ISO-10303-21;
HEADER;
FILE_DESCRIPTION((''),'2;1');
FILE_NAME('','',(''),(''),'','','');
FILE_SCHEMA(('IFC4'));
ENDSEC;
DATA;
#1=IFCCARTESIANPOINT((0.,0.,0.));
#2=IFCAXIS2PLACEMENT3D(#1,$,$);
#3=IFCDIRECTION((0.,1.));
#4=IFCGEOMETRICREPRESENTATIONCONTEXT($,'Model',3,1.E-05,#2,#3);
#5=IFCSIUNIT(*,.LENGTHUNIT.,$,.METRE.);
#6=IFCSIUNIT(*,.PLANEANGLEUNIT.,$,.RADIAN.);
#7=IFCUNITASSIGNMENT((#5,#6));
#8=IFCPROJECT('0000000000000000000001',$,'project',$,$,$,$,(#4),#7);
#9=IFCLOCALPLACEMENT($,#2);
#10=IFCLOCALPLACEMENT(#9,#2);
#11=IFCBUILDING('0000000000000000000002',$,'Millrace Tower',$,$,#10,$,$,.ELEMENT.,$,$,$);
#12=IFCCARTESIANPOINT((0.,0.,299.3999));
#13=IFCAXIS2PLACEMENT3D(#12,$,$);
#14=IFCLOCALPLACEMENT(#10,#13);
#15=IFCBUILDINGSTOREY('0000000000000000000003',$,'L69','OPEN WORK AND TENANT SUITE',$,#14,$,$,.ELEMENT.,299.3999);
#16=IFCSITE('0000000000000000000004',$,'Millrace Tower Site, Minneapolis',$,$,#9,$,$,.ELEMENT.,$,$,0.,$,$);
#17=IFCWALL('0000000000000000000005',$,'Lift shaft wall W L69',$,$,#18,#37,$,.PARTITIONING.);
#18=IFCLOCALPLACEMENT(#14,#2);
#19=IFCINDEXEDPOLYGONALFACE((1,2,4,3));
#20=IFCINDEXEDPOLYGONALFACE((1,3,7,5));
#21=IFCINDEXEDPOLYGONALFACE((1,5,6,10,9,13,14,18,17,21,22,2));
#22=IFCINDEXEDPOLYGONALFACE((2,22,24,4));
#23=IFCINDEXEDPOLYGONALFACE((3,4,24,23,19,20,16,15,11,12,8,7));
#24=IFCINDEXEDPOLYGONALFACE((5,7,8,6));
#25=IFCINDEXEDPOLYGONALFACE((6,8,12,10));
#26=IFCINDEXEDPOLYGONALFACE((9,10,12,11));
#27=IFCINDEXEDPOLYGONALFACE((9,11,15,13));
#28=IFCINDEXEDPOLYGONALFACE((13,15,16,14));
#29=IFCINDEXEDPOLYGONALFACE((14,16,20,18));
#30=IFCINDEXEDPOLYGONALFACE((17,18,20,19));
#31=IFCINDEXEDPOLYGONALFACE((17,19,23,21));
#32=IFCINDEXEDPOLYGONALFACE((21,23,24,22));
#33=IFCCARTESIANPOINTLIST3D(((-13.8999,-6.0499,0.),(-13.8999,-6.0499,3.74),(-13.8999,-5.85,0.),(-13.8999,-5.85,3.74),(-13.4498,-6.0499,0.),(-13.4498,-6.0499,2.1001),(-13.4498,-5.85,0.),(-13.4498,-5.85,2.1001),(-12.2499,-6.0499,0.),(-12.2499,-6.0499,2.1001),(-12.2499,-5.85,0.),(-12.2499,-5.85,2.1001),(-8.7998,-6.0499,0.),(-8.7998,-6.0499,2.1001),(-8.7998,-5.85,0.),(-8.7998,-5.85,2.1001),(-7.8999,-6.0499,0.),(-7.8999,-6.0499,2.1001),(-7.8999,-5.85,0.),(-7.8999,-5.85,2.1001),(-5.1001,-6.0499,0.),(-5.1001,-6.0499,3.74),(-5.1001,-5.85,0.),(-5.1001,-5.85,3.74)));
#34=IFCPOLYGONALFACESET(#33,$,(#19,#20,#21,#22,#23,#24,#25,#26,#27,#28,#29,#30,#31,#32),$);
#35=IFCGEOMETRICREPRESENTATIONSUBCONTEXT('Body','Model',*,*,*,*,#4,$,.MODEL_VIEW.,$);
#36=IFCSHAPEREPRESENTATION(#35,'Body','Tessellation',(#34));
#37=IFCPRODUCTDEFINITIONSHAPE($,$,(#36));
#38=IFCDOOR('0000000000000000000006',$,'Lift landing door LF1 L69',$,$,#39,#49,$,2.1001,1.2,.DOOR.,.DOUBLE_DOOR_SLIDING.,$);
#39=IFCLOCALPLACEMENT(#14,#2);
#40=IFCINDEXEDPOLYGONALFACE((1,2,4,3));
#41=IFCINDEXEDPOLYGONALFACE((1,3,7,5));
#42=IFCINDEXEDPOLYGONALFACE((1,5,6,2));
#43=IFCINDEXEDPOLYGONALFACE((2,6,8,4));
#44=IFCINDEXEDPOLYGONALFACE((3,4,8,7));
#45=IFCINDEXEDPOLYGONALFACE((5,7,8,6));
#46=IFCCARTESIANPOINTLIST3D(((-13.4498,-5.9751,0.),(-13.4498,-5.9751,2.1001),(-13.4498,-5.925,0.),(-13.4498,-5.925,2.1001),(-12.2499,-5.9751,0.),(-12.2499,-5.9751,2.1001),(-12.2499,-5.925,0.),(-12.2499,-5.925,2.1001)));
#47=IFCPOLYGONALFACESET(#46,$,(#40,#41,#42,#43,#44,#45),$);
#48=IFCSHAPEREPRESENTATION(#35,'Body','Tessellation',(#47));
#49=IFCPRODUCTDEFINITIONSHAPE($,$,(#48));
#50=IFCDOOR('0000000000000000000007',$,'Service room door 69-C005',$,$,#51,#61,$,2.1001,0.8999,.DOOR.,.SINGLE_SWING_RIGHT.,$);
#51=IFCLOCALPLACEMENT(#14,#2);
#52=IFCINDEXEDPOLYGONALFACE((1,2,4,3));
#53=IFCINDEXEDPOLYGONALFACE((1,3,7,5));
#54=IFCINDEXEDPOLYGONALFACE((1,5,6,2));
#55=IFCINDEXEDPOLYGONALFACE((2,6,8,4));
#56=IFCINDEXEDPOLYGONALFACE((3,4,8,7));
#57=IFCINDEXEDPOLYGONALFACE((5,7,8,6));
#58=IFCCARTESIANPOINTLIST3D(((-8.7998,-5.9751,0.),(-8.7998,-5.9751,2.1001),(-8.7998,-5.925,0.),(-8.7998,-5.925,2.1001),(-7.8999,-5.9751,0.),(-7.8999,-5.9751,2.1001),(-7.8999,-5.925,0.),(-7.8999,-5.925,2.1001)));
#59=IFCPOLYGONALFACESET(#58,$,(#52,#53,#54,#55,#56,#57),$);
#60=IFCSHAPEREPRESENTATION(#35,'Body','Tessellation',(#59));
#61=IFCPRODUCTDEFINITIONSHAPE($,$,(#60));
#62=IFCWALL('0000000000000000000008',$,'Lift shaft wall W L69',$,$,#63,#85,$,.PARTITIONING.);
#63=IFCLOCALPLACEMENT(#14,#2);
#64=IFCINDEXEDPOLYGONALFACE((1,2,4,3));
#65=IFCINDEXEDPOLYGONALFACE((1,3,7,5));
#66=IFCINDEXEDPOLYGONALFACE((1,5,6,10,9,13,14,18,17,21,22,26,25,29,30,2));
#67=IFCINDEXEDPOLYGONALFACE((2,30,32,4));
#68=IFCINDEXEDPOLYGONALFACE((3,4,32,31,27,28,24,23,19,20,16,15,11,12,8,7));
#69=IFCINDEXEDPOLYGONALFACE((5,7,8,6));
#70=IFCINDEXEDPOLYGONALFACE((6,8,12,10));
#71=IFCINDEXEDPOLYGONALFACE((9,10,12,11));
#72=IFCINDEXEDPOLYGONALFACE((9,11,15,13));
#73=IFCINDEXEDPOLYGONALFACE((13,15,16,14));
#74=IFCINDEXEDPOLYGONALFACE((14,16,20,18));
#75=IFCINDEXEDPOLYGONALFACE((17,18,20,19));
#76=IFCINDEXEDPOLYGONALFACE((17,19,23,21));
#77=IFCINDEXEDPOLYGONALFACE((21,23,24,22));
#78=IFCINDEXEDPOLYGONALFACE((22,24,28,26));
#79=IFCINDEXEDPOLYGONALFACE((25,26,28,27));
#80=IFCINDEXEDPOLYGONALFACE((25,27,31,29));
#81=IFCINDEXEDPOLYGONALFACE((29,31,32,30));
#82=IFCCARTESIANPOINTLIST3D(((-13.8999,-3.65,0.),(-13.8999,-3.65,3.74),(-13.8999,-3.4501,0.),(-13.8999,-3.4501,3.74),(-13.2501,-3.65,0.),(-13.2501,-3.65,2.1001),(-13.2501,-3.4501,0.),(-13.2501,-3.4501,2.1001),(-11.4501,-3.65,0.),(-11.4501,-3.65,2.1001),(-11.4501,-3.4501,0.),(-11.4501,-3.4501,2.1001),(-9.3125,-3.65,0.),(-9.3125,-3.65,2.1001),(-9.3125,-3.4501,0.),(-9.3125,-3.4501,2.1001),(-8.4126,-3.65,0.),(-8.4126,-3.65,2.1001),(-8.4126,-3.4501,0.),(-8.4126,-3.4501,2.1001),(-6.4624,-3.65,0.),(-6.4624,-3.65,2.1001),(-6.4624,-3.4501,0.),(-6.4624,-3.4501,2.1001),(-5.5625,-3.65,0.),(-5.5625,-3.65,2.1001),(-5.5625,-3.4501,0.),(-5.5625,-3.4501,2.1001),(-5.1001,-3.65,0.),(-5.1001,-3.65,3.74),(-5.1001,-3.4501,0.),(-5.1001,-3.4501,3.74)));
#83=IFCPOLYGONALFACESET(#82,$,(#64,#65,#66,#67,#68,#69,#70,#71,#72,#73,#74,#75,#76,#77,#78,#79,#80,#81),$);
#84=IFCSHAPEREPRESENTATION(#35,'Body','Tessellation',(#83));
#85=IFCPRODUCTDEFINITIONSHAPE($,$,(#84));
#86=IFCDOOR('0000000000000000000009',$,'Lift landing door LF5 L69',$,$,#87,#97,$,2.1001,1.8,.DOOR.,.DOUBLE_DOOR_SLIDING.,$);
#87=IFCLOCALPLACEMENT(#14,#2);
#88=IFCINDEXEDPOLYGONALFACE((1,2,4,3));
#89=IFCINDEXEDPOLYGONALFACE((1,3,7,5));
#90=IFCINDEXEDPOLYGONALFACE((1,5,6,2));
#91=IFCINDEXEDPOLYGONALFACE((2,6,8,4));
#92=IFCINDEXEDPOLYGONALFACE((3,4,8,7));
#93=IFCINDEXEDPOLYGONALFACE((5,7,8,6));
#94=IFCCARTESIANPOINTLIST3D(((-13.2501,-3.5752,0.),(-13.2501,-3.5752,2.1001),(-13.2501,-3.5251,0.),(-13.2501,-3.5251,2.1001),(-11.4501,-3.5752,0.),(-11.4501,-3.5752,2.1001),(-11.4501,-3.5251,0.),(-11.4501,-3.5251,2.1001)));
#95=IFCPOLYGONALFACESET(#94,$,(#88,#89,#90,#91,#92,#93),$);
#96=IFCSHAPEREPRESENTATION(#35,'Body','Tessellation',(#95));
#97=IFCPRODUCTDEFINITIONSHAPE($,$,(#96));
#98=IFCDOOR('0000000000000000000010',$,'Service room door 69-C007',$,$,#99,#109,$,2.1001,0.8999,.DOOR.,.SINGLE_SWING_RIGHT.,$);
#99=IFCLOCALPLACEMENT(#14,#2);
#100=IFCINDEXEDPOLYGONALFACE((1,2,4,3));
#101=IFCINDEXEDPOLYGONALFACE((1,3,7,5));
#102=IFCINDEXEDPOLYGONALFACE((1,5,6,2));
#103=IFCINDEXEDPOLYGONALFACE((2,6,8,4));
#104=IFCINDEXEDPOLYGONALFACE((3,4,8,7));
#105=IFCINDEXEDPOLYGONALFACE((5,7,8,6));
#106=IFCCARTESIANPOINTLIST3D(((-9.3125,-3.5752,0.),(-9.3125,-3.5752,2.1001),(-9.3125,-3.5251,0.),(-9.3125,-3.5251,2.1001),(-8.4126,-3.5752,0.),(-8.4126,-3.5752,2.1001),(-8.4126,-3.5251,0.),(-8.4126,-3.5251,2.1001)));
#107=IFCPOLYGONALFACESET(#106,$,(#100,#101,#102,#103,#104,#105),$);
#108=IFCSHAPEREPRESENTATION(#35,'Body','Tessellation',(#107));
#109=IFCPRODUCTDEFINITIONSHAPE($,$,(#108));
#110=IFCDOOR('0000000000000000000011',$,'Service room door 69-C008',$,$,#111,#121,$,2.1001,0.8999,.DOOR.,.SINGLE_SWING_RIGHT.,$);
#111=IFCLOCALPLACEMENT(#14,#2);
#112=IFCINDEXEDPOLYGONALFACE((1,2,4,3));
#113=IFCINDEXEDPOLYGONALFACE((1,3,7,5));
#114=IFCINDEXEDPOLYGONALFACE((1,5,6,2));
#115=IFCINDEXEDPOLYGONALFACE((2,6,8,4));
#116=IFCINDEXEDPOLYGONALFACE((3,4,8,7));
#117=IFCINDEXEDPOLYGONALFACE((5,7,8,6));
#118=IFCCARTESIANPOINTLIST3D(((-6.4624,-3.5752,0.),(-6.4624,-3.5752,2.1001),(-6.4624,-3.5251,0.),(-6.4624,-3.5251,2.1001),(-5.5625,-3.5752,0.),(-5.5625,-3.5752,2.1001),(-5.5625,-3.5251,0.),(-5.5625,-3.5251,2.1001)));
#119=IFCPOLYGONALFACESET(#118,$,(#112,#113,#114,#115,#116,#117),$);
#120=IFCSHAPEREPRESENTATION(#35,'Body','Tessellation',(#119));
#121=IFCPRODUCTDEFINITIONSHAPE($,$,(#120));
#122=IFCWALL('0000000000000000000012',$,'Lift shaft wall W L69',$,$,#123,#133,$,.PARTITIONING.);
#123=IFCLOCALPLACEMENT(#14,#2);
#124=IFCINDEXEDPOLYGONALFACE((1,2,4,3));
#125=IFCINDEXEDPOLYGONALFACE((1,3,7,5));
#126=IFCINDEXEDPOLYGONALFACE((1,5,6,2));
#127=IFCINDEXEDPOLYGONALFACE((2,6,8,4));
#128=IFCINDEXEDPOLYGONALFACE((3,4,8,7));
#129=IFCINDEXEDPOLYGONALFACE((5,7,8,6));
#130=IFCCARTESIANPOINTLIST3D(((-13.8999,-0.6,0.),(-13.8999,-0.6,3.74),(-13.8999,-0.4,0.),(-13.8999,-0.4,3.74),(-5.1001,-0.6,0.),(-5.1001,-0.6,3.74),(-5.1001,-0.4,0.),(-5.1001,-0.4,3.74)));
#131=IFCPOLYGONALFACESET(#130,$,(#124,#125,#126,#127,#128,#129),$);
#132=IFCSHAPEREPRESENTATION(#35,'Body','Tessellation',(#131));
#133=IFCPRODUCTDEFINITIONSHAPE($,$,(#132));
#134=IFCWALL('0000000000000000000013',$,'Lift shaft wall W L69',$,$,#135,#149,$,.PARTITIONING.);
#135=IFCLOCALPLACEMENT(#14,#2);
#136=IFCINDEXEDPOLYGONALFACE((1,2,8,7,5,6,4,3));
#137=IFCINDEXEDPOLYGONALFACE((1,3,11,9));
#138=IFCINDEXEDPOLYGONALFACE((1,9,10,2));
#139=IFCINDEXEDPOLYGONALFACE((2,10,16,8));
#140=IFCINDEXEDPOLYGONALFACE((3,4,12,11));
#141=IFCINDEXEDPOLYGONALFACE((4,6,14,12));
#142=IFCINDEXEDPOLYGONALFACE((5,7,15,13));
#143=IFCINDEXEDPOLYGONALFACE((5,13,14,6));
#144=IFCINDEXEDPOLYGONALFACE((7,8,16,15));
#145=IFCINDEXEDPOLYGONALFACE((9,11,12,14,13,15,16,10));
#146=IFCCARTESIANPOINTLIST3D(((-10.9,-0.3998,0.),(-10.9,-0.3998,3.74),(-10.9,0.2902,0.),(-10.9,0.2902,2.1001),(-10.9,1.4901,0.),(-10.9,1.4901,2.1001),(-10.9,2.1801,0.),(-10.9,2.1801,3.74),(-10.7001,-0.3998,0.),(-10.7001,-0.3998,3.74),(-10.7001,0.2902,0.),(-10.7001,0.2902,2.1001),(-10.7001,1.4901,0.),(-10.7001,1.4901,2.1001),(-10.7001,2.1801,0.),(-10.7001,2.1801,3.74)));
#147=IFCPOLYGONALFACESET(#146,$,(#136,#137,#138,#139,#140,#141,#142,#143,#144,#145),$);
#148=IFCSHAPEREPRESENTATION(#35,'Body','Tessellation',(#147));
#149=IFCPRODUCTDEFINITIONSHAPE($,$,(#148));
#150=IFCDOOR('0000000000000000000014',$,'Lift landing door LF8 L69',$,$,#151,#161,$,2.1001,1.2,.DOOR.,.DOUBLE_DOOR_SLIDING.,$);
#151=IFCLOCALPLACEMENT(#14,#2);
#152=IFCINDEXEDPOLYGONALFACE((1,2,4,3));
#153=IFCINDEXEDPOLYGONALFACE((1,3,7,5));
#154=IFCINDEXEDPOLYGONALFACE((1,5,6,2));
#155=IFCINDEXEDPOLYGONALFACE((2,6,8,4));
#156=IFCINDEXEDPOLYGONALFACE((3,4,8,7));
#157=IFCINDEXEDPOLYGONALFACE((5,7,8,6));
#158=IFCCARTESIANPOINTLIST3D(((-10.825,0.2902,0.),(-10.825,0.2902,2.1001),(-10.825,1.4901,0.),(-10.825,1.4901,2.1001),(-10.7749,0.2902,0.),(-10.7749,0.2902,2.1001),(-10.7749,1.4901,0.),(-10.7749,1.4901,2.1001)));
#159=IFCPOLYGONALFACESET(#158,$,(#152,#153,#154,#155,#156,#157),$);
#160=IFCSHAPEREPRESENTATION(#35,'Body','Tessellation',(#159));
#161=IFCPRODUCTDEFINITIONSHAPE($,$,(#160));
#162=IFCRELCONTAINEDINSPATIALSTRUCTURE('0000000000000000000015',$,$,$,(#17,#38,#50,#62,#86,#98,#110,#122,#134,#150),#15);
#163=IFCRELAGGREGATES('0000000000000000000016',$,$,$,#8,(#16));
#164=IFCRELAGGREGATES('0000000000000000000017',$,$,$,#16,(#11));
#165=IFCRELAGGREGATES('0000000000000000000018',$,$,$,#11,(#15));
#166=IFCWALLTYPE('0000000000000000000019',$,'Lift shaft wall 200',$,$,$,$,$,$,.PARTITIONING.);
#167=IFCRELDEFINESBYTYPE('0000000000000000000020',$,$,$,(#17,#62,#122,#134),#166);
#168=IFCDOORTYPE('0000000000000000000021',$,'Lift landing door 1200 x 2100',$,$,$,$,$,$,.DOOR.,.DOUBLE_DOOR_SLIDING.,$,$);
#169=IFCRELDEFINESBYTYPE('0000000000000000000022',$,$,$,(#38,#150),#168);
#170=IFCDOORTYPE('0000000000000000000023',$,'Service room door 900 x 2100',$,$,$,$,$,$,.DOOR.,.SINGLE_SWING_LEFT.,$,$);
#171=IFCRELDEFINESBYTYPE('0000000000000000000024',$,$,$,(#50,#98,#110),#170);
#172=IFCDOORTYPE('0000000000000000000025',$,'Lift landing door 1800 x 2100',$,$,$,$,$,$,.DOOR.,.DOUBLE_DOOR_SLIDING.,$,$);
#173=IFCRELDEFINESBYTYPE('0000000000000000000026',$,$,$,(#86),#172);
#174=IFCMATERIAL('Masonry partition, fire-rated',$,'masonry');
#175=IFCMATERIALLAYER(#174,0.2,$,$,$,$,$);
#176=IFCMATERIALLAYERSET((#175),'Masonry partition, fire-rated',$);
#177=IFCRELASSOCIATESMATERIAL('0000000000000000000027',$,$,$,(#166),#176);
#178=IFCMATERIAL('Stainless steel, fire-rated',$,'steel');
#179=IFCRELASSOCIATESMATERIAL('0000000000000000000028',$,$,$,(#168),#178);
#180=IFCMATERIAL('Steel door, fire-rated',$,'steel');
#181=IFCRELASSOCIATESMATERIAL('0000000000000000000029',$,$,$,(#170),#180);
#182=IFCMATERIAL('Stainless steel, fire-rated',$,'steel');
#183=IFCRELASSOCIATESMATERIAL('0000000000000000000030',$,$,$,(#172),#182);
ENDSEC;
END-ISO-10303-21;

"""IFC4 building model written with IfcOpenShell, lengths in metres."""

from ifc_helpers import new_model, si_unit, direction, frame, frame_2d, origin, place, context, subcontext, project, spatial, rectangle, extrude, material, layer, layer_set, type_object, element, fill, save


model = new_model("IFC4")

# Units and contexts
model_context = context("Model", 3, precision=1e-05, world=origin(), true_north=direction((0.0, 1.0)))
body_context = subcontext(model_context, "Body", "Model", "MODEL_VIEW")
ifc_project = project(units=[si_unit("LENGTHUNIT", "METRE"), si_unit("PLANEANGLEUNIT", "RADIAN")], contexts=[model_context])

# Site, building, storey
site_placement = place(None, origin())
site = spatial("IfcSite", under=ifc_project, at=site_placement, Name="Millrace Tower Site, Minneapolis", CompositionType="ELEMENT", RefElevation=0.0)
building_placement = place(site_placement, origin())
building = spatial("IfcBuilding", under=site, at=building_placement, Name="Millrace Tower", CompositionType="ELEMENT")
storey_placement = place(building_placement, frame((0.0, 0.0, 299.3999)))
storey = spatial("IfcBuildingStorey", under=building, at=storey_placement, Name="L69", Description="OPEN WORK AND TENANT SUITE", CompositionType="ELEMENT", Elevation=299.3999)

# Walls, openings, doors
ifc_material_1 = material(Name="Masonry partition, fire-rated", Category="masonry")
ifc_layer_1 = layer(ifc_material_1, 0.2)
ifc_layer_set_1 = layer_set([ifc_layer_1], Name="Masonry partition, fire-rated")
wall_type_1 = type_object("IfcWallType", Name="Lift shaft wall 200", PredefinedType="PARTITIONING", material=ifc_layer_set_1)
wall_1_placement = place(storey_placement, frame((-13.8999, -5.95, 0.0), z_axis=(0.0, 0.0, 1.0), x_axis=(1.0, 0.0, 0.0)))
wall_1 = element("IfcWall", 1, at=wall_1_placement, inside=storey, type_object=wall_type_1, Name="Lift shaft wall W L69", PredefinedType="PARTITIONING", context=body_context, shape_type="SweptSolid", body=[
    extrude(rectangle(XDim=8.7998, YDim=0.2, at=frame_2d((4.3999, 0.0))), origin(), (0.0, 0.0, 1.0), 3.74),
])
opening_1_placement = place(wall_1_placement, frame((0.45, 0.0, 0.0)))
opening_1 = element("IfcOpeningElement", 2, at=opening_1_placement, cuts=wall_1, PredefinedType="OPENING", context=body_context, shape_type="SweptSolid", body=[
    extrude(rectangle(XDim=1.2, YDim=2.1001, at=frame_2d((0.6001, 1.05))), frame((0.0, 0.1099, 0.0), z_axis=(0.0, -1.0, 0.0), x_axis=(1.0, 0.0, 0.0)), (0.0, 0.0, 1.0), 0.22),
])
opening_2_placement = place(wall_1_placement, frame((5.1001, 0.0, 0.0)))
opening_2 = element("IfcOpeningElement", 3, at=opening_2_placement, cuts=wall_1, PredefinedType="OPENING", context=body_context, shape_type="SweptSolid", body=[
    extrude(rectangle(XDim=0.8999, YDim=2.1001, at=frame_2d((0.45, 1.05))), frame((0.0, 0.1099, 0.0), z_axis=(0.0, -1.0, 0.0), x_axis=(1.0, 0.0, 0.0)), (0.0, 0.0, 1.0), 0.22),
])
ifc_material_2 = material(Name="Stainless steel, fire-rated", Category="steel")
door_type_1 = type_object("IfcDoorType", Name="Lift landing door 1200 x 2100", OperationType="DOUBLE_DOOR_SLIDING", PredefinedType="DOOR", material=ifc_material_2)
door_1_placement = place(opening_1_placement, origin())
door_1 = element("IfcDoor", 4, at=door_1_placement, inside=storey, type_object=door_type_1, Name="Lift landing door LF1 L69", OperationType="DOUBLE_DOOR_SLIDING", OverallHeight=2.1001, OverallWidth=1.2, PredefinedType="DOOR", context=body_context, shape_type="SweptSolid", body=[
    extrude(rectangle(XDim=1.2, YDim=2.1001, at=frame_2d((0.6001, 1.05))), frame((0.0, 0.0249, 0.0), z_axis=(0.0, -1.0, 0.0), x_axis=(1.0, 0.0, 0.0)), (0.0, 0.0, 1.0), 0.05),
])
fill(opening_1, door_1)
ifc_material_3 = material(Name="Steel door, fire-rated", Category="steel")
door_type_2 = type_object("IfcDoorType", Name="Service room door 900 x 2100", OperationType="SINGLE_SWING_LEFT", PredefinedType="DOOR", material=ifc_material_3)
door_2_placement = place(opening_2_placement, origin())
door_2 = element("IfcDoor", 5, at=door_2_placement, inside=storey, type_object=door_type_2, Name="Service room door 69-C005", OperationType="SINGLE_SWING_RIGHT", OverallHeight=2.1001, OverallWidth=0.8999, PredefinedType="DOOR", context=body_context, shape_type="SweptSolid", body=[
    extrude(rectangle(XDim=0.8999, YDim=2.1001, at=frame_2d((0.45, 1.05))), frame((0.0, 0.0249, 0.0), z_axis=(0.0, -1.0, 0.0), x_axis=(1.0, 0.0, 0.0)), (0.0, 0.0, 1.0), 0.05),
])
fill(opening_2, door_2)
wall_2_placement = place(storey_placement, frame((-13.8999, -3.55, 0.0), z_axis=(0.0, 0.0, 1.0), x_axis=(1.0, 0.0, 0.0)))
wall_2 = element("IfcWall", 6, at=wall_2_placement, inside=storey, type_object=wall_type_1, Name="Lift shaft wall W L69", PredefinedType="PARTITIONING", context=body_context, shape_type="SweptSolid", body=[
    extrude(rectangle(XDim=8.7998, YDim=0.2, at=frame_2d((4.3999, 0.0))), origin(), (0.0, 0.0, 1.0), 3.74),
])
opening_3_placement = place(wall_2_placement, frame((0.6499, 0.0, 0.0)))
opening_3 = element("IfcOpeningElement", 7, at=opening_3_placement, cuts=wall_2, PredefinedType="OPENING", context=body_context, shape_type="SweptSolid", body=[
    extrude(rectangle(XDim=1.8, YDim=2.1001, at=frame_2d((0.8999, 1.05))), frame((0.0, 0.1099, 0.0), z_axis=(0.0, -1.0, 0.0), x_axis=(1.0, 0.0, 0.0)), (0.0, 0.0, 1.0), 0.22),
])
opening_4_placement = place(wall_2_placement, frame((4.5874, 0.0, 0.0)))
opening_4 = element("IfcOpeningElement", 8, at=opening_4_placement, cuts=wall_2, PredefinedType="OPENING", context=body_context, shape_type="SweptSolid", body=[
    extrude(rectangle(XDim=0.8999, YDim=2.1001, at=frame_2d((0.45, 1.05))), frame((0.0, 0.1099, 0.0), z_axis=(0.0, -1.0, 0.0), x_axis=(1.0, 0.0, 0.0)), (0.0, 0.0, 1.0), 0.22),
])
opening_5_placement = place(wall_2_placement, frame((7.4375, 0.0, 0.0)))
opening_5 = element("IfcOpeningElement", 9, at=opening_5_placement, cuts=wall_2, PredefinedType="OPENING", context=body_context, shape_type="SweptSolid", body=[
    extrude(rectangle(XDim=0.8999, YDim=2.1001, at=frame_2d((0.45, 1.05))), frame((0.0, 0.1099, 0.0), z_axis=(0.0, -1.0, 0.0), x_axis=(1.0, 0.0, 0.0)), (0.0, 0.0, 1.0), 0.22),
])
ifc_material_4 = material(Name="Stainless steel, fire-rated", Category="steel")
door_type_3 = type_object("IfcDoorType", Name="Lift landing door 1800 x 2100", OperationType="DOUBLE_DOOR_SLIDING", PredefinedType="DOOR", material=ifc_material_4)
door_3_placement = place(opening_3_placement, origin())
door_3 = element("IfcDoor", 10, at=door_3_placement, inside=storey, type_object=door_type_3, Name="Lift landing door LF5 L69", OperationType="DOUBLE_DOOR_SLIDING", OverallHeight=2.1001, OverallWidth=1.8, PredefinedType="DOOR", context=body_context, shape_type="SweptSolid", body=[
    extrude(rectangle(XDim=1.8, YDim=2.1001, at=frame_2d((0.8999, 1.05))), frame((0.0, 0.0249, 0.0), z_axis=(0.0, -1.0, 0.0), x_axis=(1.0, 0.0, 0.0)), (0.0, 0.0, 1.0), 0.05),
])
fill(opening_3, door_3)
door_4_placement = place(opening_4_placement, origin())
door_4 = element("IfcDoor", 11, at=door_4_placement, inside=storey, type_object=door_type_2, Name="Service room door 69-C007", OperationType="SINGLE_SWING_RIGHT", OverallHeight=2.1001, OverallWidth=0.8999, PredefinedType="DOOR", context=body_context, shape_type="SweptSolid", body=[
    extrude(rectangle(XDim=0.8999, YDim=2.1001, at=frame_2d((0.45, 1.05))), frame((0.0, 0.0249, 0.0), z_axis=(0.0, -1.0, 0.0), x_axis=(1.0, 0.0, 0.0)), (0.0, 0.0, 1.0), 0.05),
])
fill(opening_4, door_4)
door_5_placement = place(opening_5_placement, origin())
door_5 = element("IfcDoor", 12, at=door_5_placement, inside=storey, type_object=door_type_2, Name="Service room door 69-C008", OperationType="SINGLE_SWING_RIGHT", OverallHeight=2.1001, OverallWidth=0.8999, PredefinedType="DOOR", context=body_context, shape_type="SweptSolid", body=[
    extrude(rectangle(XDim=0.8999, YDim=2.1001, at=frame_2d((0.45, 1.05))), frame((0.0, 0.0249, 0.0), z_axis=(0.0, -1.0, 0.0), x_axis=(1.0, 0.0, 0.0)), (0.0, 0.0, 1.0), 0.05),
])
fill(opening_5, door_5)

# Wall
wall_3_placement = place(storey_placement, frame((-13.8999, -0.5, 0.0), z_axis=(0.0, 0.0, 1.0), x_axis=(1.0, 0.0, 0.0)))
element("IfcWall", 13, at=wall_3_placement, inside=storey, type_object=wall_type_1, Name="Lift shaft wall W L69", PredefinedType="PARTITIONING", context=body_context, shape_type="SweptSolid", body=[
    extrude(rectangle(XDim=8.7998, YDim=0.2, at=frame_2d((4.3999, 0.0))), origin(), (0.0, 0.0, 1.0), 3.74),
])

# Wall, opening, door
wall_4_placement = place(storey_placement, frame((-10.8, -0.3999, 0.0), z_axis=(0.0, 0.0, 1.0), x_axis=(0.0, 1.0, 0.0)))
wall_4 = element("IfcWall", 14, at=wall_4_placement, inside=storey, type_object=wall_type_1, Name="Lift shaft wall W L69", PredefinedType="PARTITIONING", context=body_context, shape_type="SweptSolid", body=[
    extrude(rectangle(XDim=2.5798, YDim=0.2, at=frame_2d((1.29, 0.0))), origin(), (0.0, 0.0, 1.0), 3.74),
])
opening_6_placement = place(wall_4_placement, frame((0.6899, 0.0, 0.0)))
opening_6 = element("IfcOpeningElement", 15, at=opening_6_placement, cuts=wall_4, PredefinedType="OPENING", context=body_context, shape_type="SweptSolid", body=[
    extrude(rectangle(XDim=1.2, YDim=2.1001, at=frame_2d((0.6001, 1.05))), frame((0.0, 0.1099, 0.0), z_axis=(0.0, -1.0, 0.0), x_axis=(1.0, 0.0, 0.0)), (0.0, 0.0, 1.0), 0.22),
])
door_6_placement = place(opening_6_placement, origin())
door_6 = element("IfcDoor", 16, at=door_6_placement, inside=storey, type_object=door_type_1, Name="Lift landing door LF8 L69", OperationType="DOUBLE_DOOR_SLIDING", OverallHeight=2.1001, OverallWidth=1.2, PredefinedType="DOOR", context=body_context, shape_type="SweptSolid", body=[
    extrude(rectangle(XDim=1.2, YDim=2.1001, at=frame_2d((0.6001, 1.05))), frame((0.0, 0.0249, 0.0), z_axis=(0.0, -1.0, 0.0), x_axis=(1.0, 0.0, 0.0)), (0.0, 0.0, 1.0), 0.05),
])
fill(opening_6, door_6)

save(model, "model.ifc")
